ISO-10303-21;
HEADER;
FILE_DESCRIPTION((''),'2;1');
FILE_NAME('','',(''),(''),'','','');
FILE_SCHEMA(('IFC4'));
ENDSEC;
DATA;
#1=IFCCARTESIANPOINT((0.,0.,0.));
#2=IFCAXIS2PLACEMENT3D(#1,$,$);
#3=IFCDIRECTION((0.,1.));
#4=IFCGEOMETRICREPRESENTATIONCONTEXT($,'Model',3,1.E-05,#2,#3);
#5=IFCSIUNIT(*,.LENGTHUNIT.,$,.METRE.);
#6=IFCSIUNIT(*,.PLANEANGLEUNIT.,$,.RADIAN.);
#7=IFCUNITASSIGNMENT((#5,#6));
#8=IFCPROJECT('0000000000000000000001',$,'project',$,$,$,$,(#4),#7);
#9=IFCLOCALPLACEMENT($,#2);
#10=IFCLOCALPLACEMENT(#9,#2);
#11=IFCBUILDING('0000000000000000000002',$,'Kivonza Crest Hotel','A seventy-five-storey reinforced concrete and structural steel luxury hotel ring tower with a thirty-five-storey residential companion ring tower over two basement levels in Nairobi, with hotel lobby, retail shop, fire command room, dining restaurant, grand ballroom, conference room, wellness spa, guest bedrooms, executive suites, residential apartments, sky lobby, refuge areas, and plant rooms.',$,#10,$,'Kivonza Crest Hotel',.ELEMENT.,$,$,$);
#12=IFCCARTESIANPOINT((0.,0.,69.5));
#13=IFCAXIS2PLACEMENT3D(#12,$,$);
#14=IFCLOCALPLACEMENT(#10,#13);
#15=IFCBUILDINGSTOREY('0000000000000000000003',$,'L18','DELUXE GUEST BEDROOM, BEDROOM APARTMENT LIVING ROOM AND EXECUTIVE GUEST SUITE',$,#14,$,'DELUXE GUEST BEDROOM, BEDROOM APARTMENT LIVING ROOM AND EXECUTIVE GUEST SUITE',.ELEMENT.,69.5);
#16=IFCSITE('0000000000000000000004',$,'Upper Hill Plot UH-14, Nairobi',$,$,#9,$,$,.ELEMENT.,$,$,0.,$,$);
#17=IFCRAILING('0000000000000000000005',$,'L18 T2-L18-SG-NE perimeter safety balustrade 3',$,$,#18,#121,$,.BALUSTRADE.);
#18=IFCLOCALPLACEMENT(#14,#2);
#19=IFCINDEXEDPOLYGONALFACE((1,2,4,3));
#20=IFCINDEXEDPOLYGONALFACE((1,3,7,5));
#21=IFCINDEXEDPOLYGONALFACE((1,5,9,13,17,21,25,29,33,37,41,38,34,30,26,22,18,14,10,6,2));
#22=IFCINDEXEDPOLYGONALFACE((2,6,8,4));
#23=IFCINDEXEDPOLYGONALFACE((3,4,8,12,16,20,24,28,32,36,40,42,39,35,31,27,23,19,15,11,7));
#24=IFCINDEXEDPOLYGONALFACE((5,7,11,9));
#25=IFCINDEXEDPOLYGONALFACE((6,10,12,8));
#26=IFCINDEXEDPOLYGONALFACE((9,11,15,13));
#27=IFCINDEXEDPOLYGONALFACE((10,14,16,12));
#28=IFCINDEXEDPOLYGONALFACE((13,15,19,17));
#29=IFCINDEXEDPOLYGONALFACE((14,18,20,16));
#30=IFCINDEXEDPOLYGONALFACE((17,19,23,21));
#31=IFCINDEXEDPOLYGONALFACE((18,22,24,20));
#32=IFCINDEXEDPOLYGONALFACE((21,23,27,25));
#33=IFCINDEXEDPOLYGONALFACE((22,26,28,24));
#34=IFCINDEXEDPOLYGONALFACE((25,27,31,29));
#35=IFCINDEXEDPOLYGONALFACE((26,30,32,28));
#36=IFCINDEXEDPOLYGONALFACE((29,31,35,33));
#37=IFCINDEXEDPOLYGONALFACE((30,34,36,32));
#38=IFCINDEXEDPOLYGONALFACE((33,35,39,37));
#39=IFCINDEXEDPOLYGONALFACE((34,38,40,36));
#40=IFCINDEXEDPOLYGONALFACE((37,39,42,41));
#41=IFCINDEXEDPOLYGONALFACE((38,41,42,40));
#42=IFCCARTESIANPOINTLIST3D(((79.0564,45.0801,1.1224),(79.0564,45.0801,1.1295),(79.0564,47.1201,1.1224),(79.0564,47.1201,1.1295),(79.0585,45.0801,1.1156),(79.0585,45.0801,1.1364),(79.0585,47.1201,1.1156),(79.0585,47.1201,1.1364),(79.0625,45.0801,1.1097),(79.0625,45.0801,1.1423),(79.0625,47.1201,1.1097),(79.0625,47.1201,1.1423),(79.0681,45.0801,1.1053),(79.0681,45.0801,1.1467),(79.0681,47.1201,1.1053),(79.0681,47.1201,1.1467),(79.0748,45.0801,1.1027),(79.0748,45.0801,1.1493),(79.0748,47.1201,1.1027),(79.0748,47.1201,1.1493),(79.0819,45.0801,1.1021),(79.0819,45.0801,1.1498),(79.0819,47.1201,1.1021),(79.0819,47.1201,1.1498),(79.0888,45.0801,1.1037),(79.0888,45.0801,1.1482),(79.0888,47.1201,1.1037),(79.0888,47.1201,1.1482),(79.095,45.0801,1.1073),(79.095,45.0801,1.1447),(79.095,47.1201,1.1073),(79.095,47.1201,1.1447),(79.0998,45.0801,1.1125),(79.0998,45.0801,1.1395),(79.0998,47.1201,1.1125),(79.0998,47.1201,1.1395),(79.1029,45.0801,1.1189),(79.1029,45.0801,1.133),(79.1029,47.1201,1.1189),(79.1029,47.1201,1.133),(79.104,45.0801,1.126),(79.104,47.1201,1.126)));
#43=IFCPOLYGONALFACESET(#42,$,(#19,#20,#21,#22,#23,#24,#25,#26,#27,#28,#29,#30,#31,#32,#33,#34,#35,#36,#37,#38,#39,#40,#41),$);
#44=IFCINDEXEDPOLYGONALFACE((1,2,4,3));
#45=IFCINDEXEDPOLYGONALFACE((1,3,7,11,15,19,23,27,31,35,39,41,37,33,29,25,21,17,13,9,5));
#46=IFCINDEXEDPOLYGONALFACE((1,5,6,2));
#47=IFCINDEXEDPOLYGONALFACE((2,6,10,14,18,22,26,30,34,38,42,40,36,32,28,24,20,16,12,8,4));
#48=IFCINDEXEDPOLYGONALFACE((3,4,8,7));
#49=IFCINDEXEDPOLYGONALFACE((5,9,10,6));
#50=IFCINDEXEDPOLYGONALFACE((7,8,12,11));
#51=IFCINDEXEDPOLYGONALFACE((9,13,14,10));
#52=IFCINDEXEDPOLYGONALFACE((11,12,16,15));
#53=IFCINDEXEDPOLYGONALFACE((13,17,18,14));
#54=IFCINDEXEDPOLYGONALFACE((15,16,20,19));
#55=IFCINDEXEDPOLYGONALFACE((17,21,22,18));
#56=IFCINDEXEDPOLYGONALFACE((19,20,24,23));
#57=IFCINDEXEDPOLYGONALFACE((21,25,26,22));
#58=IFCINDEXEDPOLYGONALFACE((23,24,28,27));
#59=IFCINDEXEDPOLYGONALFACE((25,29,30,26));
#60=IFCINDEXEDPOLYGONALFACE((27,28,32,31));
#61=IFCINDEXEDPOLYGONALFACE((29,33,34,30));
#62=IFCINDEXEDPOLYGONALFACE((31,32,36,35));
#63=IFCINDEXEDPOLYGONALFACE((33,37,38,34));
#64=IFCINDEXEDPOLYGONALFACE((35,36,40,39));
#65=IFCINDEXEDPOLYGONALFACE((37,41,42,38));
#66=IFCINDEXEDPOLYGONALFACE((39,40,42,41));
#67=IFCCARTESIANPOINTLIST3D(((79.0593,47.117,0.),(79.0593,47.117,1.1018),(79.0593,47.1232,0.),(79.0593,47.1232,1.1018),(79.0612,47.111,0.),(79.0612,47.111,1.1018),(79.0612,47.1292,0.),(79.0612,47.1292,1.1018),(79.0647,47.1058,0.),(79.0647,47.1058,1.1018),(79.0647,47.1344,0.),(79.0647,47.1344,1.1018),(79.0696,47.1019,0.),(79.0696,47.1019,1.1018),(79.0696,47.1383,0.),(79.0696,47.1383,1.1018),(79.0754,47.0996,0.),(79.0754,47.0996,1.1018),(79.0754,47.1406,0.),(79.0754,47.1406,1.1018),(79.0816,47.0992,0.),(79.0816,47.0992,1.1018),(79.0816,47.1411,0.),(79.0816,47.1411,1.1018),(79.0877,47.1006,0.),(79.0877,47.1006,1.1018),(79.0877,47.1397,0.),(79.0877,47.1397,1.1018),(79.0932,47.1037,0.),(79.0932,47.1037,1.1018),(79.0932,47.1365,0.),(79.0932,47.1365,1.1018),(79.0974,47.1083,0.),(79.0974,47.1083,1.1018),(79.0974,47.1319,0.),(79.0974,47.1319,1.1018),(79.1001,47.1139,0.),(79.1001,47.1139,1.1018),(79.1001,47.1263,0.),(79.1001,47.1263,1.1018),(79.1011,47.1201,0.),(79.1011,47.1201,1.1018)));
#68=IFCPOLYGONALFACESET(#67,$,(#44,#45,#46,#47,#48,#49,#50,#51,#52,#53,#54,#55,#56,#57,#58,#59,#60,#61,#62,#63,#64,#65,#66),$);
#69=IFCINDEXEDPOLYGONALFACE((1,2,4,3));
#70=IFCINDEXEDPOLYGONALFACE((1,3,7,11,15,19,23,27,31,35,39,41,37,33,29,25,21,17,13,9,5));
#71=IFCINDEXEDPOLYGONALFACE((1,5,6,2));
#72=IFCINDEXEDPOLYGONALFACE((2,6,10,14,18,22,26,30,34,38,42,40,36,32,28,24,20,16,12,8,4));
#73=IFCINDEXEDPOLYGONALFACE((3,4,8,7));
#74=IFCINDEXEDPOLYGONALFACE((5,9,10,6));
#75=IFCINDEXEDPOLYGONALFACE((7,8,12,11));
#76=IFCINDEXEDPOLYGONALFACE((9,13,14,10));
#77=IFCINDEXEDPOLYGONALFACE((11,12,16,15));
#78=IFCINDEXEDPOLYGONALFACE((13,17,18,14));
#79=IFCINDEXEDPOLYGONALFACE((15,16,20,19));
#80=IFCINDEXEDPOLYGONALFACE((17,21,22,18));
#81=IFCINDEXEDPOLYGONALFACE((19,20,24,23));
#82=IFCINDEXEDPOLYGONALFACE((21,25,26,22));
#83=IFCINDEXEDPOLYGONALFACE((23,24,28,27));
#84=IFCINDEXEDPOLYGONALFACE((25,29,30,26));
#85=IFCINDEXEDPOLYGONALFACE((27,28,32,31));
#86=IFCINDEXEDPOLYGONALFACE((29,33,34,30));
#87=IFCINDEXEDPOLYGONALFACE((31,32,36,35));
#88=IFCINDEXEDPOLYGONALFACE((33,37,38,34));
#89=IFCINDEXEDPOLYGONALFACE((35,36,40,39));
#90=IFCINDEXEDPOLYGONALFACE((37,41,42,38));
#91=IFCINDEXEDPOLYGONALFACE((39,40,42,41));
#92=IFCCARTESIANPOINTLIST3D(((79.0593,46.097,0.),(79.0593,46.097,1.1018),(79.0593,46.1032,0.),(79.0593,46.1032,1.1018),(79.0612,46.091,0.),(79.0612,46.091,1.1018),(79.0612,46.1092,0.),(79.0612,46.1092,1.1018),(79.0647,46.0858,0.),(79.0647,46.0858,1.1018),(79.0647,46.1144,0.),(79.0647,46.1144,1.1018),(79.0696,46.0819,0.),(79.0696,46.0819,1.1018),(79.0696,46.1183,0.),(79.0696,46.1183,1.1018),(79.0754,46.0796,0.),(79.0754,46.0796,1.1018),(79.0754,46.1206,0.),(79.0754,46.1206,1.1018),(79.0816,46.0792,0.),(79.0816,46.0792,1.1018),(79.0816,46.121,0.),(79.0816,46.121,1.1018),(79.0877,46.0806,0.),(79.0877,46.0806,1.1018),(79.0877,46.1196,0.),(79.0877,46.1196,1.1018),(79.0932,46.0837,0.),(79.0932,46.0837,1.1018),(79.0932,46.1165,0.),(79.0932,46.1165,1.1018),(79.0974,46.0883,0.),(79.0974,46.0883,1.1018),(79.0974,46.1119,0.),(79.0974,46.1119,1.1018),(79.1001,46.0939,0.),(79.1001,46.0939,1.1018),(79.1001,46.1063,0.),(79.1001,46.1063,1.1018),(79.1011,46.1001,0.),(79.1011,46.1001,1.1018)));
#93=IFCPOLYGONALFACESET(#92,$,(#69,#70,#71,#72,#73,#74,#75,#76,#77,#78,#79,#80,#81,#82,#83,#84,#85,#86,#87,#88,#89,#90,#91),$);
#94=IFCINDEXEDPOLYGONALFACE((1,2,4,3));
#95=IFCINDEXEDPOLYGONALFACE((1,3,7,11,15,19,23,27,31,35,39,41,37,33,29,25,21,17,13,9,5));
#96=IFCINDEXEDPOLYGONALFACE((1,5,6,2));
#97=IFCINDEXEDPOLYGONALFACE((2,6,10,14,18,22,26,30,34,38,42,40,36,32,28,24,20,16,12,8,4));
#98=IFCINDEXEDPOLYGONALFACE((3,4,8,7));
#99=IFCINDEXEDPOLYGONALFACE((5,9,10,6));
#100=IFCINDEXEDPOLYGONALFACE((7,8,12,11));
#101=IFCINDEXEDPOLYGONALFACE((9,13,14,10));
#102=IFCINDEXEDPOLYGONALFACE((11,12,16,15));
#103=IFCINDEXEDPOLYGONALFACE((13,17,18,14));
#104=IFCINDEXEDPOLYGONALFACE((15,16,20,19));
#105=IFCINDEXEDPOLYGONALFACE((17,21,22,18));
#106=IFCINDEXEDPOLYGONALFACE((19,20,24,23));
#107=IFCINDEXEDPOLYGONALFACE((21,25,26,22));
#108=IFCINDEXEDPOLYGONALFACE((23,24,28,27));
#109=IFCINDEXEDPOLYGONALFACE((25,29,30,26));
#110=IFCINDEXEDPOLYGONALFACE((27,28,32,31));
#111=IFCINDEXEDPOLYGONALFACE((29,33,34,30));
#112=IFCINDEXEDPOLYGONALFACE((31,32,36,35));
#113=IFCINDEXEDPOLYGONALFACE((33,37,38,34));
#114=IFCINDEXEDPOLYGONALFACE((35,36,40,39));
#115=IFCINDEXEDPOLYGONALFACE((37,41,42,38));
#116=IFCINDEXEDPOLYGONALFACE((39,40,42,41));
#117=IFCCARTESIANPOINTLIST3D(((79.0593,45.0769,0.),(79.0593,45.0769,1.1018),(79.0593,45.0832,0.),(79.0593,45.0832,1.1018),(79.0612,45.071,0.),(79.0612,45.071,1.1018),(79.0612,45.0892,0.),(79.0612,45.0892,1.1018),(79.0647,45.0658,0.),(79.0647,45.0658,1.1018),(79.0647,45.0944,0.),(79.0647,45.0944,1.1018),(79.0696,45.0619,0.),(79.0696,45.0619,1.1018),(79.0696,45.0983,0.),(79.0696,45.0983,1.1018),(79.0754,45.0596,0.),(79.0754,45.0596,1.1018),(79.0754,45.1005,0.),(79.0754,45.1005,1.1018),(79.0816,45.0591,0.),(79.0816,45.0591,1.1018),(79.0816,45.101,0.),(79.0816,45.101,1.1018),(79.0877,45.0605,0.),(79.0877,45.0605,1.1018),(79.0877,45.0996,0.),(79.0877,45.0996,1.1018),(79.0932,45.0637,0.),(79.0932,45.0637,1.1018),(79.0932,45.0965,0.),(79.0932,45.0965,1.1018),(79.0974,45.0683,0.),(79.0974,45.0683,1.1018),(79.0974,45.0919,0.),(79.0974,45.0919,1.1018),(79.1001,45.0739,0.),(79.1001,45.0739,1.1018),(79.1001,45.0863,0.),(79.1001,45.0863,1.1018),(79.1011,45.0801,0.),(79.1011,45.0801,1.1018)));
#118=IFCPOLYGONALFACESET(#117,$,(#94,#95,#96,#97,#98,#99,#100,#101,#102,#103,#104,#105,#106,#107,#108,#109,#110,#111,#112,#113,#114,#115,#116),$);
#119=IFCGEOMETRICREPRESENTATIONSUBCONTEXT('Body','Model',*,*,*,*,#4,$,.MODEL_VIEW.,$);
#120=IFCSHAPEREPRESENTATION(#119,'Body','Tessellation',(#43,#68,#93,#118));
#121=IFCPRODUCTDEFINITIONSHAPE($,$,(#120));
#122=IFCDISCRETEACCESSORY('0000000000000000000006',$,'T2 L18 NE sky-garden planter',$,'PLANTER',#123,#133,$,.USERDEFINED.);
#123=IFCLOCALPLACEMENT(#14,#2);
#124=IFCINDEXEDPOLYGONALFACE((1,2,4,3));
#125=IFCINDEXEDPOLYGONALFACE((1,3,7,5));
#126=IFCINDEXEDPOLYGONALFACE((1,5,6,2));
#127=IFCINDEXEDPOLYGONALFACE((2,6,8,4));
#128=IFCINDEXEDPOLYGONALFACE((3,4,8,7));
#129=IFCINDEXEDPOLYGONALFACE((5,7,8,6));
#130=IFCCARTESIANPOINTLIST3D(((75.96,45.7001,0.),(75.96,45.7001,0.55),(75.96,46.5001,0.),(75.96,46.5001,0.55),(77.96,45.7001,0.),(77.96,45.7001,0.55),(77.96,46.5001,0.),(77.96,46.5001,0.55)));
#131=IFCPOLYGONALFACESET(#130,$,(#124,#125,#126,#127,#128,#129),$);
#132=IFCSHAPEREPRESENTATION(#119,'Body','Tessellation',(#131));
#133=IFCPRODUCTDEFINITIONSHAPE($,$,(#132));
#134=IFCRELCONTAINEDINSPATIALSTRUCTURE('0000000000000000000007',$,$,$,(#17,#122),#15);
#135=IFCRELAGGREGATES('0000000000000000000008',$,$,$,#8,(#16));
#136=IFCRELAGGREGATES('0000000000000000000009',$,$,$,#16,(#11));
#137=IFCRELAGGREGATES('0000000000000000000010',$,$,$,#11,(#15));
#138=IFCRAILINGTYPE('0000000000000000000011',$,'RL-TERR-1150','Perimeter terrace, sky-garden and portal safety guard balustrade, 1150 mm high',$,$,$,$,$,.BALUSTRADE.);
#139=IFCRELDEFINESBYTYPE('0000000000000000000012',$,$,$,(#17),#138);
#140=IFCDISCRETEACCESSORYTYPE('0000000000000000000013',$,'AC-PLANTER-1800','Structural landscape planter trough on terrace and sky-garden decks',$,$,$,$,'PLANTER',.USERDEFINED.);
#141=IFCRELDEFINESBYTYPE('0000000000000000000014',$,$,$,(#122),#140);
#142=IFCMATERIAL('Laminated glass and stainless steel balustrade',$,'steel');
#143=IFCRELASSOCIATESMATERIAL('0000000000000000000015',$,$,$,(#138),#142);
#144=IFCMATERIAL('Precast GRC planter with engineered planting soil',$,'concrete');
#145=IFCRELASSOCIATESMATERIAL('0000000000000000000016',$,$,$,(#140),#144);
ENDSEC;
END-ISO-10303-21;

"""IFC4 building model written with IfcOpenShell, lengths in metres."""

from ifc_helpers import new_model, si_unit, direction, frame, origin, origin_2d, place, context, subcontext, project, spatial, rectangle, circle, extrude, material, type_object, element, save


model = new_model("IFC4")

# Units and contexts
model_context = context("Model", 3, precision=1e-05, world=origin(), true_north=direction((0.0, 1.0)))
body_context = subcontext(model_context, "Body", "Model", "MODEL_VIEW")
ifc_project = project(units=[si_unit("LENGTHUNIT", "METRE"), si_unit("PLANEANGLEUNIT", "RADIAN")], contexts=[model_context])

# Site, building, storey
site_placement = place(None, origin())
site = spatial("IfcSite", under=ifc_project, at=site_placement, Name="Upper Hill Plot UH-14, Nairobi", CompositionType="ELEMENT", RefElevation=0.0)
building_placement = place(site_placement, origin())
building = spatial("IfcBuilding", under=site, at=building_placement, Name="Kivonza Crest Hotel", Description="A seventy-five-storey reinforced concrete and structural steel luxury hotel ring tower with a thirty-five-storey residential companion ring tower over two basement levels in Nairobi, with hotel lobby, retail shop, fire command room, dining restaurant, grand ballroom, conference room, wellness spa, guest bedrooms, executive suites, residential apartments, sky lobby, refuge areas, and plant rooms.", LongName="Kivonza Crest Hotel", CompositionType="ELEMENT")
storey_placement = place(building_placement, frame((0.0, 0.0, 69.5)))
storey = spatial("IfcBuildingStorey", under=building, at=storey_placement, Name="L18", Description="DELUXE GUEST BEDROOM, BEDROOM APARTMENT LIVING ROOM AND EXECUTIVE GUEST SUITE", LongName="DELUXE GUEST BEDROOM, BEDROOM APARTMENT LIVING ROOM AND EXECUTIVE GUEST SUITE", CompositionType="ELEMENT", Elevation=69.5)

# Railing
ifc_material_1 = material(Name="Laminated glass and stainless steel balustrade", Category="steel")
railing_type = type_object("IfcRailingType", Name="RL-TERR-1150", Description="Perimeter terrace, sky-garden and portal safety guard balustrade, 1150 mm high", PredefinedType="BALUSTRADE", material=ifc_material_1)
railing_1_placement = place(storey_placement, frame((79.0801, 47.1201, 0.0)))
element("IfcRailing", 1, at=railing_1_placement, inside=storey, type_object=railing_type, Name="L18 T2-L18-SG-NE perimeter safety balustrade 3", PredefinedType="BALUSTRADE", context=body_context, shape_type="SweptSolid", body=[
    extrude(circle(Radius=0.0239, at=origin_2d()), frame((0.0, 0.0, 1.126), z_axis=(0.0, -1.0, 0.0), x_axis=(1.0, 0.0, 0.0)), (0.0, 0.0, 1.0), 2.04),
    extrude(circle(Radius=0.021, at=origin_2d()), origin(), (0.0, 0.0, 1.0), 1.1018),
    extrude(circle(Radius=0.021, at=origin_2d()), frame((0.0, -1.02, 0.0)), (0.0, 0.0, 1.0), 1.1018),
    extrude(circle(Radius=0.021, at=origin_2d()), frame((0.0, -2.04, 0.0)), (0.0, 0.0, 1.0), 1.1018),
])

# Discrete accessory
ifc_material_2 = material(Name="Precast GRC planter with engineered planting soil", Category="concrete")
discrete_accessory_type = type_object("IfcDiscreteAccessoryType", Name="AC-PLANTER-1800", Description="Structural landscape planter trough on terrace and sky-garden decks", ElementType="PLANTER", PredefinedType="USERDEFINED", material=ifc_material_2)
discrete_accessory_placement = place(storey_placement, frame((76.96, 46.1001, 0.0), z_axis=(0.0, 0.0, 1.0), x_axis=(1.0, 0.0, 0.0)))
element("IfcDiscreteAccessory", 2, at=discrete_accessory_placement, inside=storey, type_object=discrete_accessory_type, Name="T2 L18 NE sky-garden planter", ObjectType="PLANTER", PredefinedType="USERDEFINED", context=body_context, shape_type="SweptSolid", body=[
    extrude(rectangle(XDim=2.0, YDim=0.8, at=origin_2d()), origin(), (0.0, 0.0, 1.0), 0.55),
])

save(model, "model.ifc")
